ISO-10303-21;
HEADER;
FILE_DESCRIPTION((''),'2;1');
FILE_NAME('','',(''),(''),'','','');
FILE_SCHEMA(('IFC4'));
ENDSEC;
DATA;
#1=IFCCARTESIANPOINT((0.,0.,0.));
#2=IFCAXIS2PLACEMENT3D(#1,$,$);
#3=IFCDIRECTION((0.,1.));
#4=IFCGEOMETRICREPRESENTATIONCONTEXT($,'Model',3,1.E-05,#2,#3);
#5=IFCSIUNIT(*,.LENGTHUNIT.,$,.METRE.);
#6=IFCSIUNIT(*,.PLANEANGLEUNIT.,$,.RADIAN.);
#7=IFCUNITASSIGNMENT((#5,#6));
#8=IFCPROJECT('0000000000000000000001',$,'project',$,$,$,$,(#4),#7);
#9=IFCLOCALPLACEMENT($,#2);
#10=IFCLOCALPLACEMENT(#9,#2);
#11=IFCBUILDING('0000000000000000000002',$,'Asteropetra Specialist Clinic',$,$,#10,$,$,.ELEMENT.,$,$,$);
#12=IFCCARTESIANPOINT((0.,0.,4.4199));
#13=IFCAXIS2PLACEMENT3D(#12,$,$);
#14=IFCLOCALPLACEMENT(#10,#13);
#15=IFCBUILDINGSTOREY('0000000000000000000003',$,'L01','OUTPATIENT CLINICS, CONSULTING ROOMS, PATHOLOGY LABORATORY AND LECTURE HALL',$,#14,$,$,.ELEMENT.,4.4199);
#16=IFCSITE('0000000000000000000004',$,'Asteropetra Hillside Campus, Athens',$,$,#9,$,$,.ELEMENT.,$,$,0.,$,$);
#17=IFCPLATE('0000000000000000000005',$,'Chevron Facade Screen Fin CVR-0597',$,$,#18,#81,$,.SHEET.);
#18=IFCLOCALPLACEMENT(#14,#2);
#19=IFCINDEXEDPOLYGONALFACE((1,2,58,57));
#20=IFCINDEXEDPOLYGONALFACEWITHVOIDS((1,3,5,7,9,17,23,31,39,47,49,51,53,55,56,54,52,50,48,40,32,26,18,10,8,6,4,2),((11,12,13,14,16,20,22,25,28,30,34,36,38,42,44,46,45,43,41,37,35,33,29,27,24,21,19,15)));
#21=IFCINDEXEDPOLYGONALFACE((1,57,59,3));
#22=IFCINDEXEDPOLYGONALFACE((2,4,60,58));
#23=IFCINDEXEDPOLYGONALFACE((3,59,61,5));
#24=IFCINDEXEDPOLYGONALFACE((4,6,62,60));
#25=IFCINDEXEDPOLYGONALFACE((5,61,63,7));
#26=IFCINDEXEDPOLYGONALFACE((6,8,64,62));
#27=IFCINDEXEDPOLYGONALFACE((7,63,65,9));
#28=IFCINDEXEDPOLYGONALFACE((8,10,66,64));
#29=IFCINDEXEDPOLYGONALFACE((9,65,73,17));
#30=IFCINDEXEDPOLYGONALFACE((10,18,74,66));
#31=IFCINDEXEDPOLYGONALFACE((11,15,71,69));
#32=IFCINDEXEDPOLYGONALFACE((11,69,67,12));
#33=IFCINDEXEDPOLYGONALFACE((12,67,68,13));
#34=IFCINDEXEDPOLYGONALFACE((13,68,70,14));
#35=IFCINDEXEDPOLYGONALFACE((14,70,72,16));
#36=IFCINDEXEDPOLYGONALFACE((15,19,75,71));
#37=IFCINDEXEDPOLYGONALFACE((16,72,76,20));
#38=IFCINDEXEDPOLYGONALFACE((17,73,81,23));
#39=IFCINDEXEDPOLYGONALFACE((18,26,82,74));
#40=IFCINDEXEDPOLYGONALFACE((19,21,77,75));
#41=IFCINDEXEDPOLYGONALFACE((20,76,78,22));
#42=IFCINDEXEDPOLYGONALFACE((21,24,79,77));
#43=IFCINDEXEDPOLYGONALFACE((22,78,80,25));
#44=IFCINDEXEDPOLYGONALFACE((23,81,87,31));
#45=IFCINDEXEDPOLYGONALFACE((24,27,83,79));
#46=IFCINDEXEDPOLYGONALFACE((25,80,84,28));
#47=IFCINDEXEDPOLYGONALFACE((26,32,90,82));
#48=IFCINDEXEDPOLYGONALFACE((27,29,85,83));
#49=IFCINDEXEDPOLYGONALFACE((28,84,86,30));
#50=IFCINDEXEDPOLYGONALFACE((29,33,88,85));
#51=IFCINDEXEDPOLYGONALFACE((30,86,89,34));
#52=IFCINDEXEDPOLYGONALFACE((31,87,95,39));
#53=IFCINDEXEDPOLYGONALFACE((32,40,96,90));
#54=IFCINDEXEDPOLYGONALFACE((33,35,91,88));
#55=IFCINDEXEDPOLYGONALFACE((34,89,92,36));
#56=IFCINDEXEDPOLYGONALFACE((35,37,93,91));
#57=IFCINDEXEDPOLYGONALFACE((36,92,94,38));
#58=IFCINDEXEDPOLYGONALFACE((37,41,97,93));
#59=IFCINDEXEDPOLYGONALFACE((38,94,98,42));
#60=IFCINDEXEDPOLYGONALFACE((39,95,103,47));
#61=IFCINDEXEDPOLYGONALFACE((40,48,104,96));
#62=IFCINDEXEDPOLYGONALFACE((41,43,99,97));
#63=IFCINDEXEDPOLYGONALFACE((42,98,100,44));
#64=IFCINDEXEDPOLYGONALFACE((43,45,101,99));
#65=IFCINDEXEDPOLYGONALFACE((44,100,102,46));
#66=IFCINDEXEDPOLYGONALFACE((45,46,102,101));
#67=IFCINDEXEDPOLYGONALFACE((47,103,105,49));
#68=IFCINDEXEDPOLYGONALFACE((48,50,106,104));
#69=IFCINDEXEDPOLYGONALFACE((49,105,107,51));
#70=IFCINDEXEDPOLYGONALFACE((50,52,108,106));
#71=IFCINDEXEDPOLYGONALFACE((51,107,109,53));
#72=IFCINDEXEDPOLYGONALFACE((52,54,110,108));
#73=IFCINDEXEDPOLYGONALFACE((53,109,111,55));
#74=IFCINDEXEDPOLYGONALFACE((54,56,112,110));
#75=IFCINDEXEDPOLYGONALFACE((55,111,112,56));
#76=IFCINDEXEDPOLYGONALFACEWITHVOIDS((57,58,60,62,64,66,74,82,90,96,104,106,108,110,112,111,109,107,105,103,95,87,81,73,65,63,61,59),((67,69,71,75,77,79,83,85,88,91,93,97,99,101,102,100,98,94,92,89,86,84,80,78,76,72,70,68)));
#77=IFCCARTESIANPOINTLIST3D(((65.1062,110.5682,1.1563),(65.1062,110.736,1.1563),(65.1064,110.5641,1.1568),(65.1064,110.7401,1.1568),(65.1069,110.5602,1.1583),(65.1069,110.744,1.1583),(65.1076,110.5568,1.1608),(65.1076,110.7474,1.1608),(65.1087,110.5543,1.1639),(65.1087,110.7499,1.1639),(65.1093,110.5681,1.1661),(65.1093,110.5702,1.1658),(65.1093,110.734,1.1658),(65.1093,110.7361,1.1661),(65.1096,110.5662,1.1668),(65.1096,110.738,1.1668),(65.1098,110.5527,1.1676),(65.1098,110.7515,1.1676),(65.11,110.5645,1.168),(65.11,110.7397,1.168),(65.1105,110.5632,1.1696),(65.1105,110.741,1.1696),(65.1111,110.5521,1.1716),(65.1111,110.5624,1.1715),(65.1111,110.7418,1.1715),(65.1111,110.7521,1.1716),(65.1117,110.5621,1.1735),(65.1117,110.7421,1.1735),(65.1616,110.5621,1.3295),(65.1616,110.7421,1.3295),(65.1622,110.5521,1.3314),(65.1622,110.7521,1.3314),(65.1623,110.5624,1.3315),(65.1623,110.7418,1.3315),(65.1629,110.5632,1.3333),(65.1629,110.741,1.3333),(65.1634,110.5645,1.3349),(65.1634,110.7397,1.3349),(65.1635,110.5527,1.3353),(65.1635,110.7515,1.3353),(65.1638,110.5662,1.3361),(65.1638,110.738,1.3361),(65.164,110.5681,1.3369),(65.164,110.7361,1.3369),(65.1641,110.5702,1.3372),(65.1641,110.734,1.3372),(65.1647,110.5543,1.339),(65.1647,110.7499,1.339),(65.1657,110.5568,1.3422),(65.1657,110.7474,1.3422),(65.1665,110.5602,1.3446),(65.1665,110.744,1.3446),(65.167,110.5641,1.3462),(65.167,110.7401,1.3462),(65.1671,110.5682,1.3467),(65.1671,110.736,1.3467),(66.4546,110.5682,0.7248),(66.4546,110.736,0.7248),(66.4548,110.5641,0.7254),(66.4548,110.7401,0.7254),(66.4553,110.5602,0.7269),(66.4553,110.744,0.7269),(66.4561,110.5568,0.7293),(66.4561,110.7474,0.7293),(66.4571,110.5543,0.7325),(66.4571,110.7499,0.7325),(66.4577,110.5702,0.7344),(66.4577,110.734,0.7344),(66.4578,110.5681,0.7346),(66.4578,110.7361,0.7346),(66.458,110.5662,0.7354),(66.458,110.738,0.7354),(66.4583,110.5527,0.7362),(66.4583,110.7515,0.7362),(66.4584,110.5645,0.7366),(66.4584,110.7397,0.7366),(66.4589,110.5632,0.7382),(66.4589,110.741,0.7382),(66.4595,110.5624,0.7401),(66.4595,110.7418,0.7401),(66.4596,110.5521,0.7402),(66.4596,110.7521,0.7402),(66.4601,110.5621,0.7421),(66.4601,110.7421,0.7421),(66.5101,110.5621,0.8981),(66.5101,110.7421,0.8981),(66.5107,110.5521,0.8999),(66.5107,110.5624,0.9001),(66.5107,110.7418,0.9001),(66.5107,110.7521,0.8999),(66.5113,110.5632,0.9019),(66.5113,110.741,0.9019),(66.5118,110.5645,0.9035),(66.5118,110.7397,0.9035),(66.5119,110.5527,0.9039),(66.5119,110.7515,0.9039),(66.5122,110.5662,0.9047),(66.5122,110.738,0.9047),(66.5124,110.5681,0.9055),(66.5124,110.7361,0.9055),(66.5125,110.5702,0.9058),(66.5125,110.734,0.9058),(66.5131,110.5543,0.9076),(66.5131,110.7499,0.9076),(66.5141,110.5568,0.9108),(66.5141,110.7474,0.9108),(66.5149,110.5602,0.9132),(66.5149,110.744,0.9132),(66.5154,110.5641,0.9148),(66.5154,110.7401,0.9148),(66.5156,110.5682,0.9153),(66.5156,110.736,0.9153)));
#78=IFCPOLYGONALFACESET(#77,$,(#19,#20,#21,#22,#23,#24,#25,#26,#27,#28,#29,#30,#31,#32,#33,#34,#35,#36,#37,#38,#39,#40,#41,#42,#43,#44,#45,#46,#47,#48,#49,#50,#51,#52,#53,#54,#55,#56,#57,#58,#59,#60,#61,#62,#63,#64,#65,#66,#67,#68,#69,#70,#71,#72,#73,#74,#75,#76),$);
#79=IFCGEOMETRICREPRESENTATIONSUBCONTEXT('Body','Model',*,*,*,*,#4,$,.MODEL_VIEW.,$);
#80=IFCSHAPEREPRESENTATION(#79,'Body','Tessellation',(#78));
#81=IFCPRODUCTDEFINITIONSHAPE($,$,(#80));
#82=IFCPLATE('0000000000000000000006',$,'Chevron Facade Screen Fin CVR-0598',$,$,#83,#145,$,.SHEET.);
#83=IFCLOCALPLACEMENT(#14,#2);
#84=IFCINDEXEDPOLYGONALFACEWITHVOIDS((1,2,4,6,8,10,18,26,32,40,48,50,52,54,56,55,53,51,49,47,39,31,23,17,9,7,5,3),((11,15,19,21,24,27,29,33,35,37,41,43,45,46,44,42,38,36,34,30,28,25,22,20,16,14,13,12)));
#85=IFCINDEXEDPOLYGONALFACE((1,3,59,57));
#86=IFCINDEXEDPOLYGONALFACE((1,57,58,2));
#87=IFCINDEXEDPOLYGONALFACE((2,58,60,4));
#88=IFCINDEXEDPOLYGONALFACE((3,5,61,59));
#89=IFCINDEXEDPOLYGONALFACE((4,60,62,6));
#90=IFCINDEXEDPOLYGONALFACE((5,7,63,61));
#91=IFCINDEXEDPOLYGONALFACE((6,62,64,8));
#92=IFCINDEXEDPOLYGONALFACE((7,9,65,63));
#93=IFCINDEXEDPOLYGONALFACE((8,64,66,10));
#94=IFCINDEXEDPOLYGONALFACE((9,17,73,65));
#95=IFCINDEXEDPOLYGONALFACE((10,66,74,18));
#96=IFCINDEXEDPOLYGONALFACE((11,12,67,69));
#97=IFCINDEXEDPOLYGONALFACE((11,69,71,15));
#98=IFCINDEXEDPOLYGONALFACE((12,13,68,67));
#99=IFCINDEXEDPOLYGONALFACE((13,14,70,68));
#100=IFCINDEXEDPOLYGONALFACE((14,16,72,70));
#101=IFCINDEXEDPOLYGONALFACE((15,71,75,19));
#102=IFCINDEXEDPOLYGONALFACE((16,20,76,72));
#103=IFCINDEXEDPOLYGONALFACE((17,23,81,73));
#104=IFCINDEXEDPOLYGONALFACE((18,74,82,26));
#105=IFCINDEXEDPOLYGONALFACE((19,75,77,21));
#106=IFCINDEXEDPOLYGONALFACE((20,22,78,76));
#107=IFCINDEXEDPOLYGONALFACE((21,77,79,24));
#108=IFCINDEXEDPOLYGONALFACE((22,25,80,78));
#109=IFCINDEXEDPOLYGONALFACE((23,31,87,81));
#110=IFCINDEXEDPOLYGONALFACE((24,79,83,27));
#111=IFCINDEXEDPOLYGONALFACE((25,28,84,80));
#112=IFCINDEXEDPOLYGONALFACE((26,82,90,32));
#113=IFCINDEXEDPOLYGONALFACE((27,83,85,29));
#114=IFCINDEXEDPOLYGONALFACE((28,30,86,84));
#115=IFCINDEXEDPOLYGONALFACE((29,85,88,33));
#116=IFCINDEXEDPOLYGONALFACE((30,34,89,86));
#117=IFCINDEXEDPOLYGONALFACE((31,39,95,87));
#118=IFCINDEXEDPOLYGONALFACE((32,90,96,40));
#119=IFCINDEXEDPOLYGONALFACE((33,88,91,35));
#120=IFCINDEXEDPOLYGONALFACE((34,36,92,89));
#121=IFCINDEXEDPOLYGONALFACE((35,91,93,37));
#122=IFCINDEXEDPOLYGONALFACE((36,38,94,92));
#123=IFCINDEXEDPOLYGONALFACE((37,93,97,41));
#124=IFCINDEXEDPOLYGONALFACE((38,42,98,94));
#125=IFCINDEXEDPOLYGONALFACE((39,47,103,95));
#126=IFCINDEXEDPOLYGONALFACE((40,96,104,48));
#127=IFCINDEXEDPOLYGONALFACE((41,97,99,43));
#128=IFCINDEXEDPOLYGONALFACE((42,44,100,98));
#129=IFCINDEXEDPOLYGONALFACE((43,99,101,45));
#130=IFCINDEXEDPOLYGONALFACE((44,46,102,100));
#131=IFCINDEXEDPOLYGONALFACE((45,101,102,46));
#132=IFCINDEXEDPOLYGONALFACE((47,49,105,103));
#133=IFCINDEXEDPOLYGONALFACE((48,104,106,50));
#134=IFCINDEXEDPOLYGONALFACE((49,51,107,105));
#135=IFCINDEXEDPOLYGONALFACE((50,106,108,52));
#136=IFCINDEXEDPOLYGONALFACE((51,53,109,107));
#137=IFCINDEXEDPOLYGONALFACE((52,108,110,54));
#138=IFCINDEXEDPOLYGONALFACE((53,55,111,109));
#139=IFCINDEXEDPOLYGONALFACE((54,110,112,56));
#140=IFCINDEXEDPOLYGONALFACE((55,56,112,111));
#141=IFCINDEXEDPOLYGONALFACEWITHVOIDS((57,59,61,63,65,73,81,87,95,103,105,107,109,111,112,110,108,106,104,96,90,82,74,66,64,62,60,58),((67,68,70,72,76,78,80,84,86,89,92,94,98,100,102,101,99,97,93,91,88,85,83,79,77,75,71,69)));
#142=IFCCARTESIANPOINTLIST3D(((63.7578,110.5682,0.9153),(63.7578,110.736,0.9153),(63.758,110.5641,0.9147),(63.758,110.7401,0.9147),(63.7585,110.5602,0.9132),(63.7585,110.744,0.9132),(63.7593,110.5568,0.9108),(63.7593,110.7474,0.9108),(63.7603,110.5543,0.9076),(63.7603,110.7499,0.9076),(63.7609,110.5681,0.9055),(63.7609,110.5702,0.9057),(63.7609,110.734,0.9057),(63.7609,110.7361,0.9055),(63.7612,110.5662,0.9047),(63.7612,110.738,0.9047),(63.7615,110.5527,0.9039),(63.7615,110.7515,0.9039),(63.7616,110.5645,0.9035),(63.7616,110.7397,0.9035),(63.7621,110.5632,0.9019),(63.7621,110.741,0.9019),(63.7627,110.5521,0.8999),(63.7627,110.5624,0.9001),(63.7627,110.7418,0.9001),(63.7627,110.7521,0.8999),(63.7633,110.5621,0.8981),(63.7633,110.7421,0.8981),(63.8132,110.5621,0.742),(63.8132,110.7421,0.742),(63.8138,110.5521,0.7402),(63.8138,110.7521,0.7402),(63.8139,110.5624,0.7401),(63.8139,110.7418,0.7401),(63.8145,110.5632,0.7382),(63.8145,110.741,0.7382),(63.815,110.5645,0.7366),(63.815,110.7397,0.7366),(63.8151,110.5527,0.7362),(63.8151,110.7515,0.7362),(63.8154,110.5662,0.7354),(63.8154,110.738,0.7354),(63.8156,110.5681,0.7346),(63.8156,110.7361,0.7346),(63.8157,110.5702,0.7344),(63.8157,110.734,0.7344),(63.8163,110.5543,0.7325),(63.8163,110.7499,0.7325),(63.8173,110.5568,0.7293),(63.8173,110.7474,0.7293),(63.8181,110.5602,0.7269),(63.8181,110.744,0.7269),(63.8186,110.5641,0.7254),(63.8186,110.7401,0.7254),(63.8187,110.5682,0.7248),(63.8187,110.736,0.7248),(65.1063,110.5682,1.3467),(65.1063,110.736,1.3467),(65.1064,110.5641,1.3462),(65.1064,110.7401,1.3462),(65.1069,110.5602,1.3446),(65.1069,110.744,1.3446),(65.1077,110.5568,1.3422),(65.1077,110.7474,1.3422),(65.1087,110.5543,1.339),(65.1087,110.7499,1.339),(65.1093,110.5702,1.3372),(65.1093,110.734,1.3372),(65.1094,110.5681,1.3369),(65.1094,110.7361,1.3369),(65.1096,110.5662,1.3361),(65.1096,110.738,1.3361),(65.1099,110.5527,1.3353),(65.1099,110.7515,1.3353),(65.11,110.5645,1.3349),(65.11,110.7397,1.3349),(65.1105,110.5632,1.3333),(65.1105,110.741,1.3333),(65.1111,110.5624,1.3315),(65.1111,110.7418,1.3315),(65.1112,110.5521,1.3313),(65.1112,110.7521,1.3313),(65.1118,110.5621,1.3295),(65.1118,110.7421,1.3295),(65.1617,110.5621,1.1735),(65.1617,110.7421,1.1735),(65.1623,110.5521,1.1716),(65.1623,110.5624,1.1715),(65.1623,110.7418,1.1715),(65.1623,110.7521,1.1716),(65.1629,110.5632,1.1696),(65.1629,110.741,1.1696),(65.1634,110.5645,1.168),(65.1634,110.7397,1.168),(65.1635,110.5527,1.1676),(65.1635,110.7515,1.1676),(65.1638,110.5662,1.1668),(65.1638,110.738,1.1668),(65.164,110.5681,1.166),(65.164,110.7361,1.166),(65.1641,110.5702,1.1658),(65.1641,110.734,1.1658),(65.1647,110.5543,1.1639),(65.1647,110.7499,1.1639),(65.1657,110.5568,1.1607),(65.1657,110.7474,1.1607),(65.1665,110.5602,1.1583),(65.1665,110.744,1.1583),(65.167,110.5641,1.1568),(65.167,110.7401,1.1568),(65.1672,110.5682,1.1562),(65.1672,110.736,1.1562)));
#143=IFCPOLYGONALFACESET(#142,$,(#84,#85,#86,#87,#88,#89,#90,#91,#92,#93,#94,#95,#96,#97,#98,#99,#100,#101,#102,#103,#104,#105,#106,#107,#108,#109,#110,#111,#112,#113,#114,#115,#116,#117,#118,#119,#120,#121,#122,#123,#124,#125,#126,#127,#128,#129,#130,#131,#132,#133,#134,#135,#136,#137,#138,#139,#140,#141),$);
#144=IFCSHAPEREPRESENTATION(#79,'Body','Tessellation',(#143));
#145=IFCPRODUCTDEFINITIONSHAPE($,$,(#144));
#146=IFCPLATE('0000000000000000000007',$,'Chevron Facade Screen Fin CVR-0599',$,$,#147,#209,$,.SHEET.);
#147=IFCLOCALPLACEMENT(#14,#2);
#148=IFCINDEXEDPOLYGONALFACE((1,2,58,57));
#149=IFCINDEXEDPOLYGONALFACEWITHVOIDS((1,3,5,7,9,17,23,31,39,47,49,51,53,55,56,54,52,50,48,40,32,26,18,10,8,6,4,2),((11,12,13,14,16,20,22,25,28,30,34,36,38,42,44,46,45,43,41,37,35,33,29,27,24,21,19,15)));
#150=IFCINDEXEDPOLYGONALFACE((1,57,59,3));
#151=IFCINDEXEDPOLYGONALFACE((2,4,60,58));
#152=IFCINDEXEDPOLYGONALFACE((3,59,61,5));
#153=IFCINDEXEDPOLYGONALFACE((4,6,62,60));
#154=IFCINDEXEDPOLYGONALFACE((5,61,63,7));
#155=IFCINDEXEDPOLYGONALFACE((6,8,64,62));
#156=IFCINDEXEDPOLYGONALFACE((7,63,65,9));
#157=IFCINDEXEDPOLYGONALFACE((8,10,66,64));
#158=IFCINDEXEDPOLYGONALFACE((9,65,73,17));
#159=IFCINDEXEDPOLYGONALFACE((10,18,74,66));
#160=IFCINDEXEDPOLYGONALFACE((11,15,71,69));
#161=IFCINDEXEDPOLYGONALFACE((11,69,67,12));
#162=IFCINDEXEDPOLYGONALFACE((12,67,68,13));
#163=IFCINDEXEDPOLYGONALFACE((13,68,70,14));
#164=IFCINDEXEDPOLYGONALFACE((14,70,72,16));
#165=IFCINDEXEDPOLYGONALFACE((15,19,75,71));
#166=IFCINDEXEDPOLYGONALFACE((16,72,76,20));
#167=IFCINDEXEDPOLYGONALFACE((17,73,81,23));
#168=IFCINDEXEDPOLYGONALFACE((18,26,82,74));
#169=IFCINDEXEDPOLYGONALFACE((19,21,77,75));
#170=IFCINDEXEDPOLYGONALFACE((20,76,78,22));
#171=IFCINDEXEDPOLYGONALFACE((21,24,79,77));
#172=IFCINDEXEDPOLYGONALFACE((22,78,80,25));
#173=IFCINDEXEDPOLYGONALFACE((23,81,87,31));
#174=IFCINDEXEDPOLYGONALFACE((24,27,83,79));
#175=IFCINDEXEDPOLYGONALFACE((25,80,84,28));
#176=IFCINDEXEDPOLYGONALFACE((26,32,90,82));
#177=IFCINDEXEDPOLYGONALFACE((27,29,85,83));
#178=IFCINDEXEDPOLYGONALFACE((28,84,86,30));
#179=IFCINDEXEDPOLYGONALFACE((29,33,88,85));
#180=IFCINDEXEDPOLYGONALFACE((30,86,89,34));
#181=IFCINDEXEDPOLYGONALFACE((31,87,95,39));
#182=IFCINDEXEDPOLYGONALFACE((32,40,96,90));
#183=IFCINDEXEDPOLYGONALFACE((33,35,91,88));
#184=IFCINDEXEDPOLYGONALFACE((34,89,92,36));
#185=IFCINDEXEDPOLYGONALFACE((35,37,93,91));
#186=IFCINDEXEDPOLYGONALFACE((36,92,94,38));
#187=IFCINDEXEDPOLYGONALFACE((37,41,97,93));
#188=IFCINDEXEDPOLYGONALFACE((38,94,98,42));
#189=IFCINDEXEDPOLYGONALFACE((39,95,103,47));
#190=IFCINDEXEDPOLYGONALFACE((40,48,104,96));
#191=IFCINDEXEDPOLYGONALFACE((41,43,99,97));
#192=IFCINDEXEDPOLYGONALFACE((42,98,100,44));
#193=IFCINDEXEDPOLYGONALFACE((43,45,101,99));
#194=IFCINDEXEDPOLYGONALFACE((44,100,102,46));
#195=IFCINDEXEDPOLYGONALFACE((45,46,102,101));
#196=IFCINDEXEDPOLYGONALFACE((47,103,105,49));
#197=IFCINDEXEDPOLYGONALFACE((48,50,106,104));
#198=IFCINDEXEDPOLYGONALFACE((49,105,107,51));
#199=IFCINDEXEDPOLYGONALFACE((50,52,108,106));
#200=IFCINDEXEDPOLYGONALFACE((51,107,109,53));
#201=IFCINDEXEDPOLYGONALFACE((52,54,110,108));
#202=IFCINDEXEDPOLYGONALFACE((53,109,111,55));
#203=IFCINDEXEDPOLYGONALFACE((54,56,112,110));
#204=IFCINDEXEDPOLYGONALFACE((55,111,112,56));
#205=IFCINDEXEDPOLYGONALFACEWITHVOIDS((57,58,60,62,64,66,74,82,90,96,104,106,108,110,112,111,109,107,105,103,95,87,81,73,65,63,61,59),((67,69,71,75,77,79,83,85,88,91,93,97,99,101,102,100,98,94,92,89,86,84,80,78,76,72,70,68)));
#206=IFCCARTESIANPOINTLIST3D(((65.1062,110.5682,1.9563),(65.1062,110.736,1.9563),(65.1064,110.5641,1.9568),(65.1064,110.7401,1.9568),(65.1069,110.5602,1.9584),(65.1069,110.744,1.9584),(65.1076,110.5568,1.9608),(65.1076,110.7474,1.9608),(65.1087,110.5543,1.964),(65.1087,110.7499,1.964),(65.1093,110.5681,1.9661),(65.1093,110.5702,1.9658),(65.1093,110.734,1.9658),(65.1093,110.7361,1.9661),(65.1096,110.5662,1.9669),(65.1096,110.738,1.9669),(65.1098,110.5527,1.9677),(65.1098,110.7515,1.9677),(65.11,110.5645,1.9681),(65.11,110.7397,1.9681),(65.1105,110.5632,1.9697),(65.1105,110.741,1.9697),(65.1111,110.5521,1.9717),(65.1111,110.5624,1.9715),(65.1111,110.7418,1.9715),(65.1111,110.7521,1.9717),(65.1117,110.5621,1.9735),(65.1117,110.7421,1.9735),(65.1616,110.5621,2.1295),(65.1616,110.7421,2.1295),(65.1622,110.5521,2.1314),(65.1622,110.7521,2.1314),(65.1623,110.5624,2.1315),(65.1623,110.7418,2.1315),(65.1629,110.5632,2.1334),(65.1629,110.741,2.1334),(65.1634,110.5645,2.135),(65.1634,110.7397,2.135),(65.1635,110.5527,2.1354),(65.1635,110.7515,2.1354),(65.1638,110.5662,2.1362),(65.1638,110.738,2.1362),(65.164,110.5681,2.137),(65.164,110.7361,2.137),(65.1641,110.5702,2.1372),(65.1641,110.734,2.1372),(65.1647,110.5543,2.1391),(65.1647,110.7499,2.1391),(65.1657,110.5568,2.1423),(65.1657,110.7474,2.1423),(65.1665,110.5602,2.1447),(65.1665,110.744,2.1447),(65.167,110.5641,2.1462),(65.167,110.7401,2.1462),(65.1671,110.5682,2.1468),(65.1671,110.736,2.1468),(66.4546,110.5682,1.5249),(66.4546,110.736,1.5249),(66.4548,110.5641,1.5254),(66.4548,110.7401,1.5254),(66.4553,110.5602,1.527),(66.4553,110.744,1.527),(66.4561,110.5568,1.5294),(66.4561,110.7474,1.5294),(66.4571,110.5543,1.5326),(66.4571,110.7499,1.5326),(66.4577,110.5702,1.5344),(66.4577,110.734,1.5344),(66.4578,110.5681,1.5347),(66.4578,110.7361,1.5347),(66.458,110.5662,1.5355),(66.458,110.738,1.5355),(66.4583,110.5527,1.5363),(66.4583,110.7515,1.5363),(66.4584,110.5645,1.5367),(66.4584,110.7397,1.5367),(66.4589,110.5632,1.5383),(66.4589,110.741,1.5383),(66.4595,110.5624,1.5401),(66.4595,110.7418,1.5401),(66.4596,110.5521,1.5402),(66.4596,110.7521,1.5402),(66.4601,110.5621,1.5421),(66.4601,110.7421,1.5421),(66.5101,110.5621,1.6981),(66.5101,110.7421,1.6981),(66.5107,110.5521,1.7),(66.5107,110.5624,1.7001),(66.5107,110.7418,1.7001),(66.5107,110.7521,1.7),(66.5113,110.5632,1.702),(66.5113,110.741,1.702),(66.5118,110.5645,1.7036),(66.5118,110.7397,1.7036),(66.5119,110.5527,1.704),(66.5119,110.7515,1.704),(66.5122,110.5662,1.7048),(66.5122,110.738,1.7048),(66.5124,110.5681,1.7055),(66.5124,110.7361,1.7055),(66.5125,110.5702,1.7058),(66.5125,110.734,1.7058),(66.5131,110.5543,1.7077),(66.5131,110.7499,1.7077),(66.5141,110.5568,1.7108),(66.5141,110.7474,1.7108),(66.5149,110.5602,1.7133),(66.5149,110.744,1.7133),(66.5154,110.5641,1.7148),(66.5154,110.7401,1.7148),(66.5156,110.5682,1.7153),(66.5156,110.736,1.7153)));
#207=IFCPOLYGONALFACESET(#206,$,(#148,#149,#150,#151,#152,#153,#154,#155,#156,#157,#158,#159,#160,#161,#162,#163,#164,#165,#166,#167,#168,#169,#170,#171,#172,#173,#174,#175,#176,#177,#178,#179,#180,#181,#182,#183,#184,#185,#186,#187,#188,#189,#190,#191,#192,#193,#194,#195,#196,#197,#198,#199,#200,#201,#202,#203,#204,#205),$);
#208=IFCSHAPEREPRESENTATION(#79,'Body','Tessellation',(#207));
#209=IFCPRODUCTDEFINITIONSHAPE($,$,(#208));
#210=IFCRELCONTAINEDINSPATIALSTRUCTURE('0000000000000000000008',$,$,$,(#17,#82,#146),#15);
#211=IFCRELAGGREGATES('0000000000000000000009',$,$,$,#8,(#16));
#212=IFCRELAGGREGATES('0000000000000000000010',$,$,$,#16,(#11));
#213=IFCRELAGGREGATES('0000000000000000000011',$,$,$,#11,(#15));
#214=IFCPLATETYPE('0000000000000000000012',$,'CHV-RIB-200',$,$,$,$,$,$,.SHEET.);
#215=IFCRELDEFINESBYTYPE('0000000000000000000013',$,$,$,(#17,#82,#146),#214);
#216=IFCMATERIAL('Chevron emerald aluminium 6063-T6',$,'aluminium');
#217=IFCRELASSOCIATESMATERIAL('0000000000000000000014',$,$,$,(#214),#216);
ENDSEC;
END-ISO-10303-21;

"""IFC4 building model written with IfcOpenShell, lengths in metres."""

from ifc_helpers import new_model, si_unit, direction, frame, origin, origin_2d, place, context, subcontext, project, spatial, hollow_rectangle, extrude, material, material_profile, profile_set, type_object, element, save


model = new_model("IFC4")

# Units and contexts
model_context = context("Model", 3, precision=1e-05, world=origin(), true_north=direction((0.0, 1.0)))
body_context = subcontext(model_context, "Body", "Model", "MODEL_VIEW")
ifc_project = project(units=[si_unit("LENGTHUNIT", "METRE"), si_unit("PLANEANGLEUNIT", "RADIAN")], contexts=[model_context])

# Site, building, storey
site_placement = place(None, origin())
site = spatial("IfcSite", under=ifc_project, at=site_placement, Name="Asteropetra Hillside Campus, Athens", CompositionType="ELEMENT", RefElevation=0.0)
building_placement = place(site_placement, origin())
building = spatial("IfcBuilding", under=site, at=building_placement, Name="Asteropetra Specialist Clinic", CompositionType="ELEMENT")
storey_placement = place(building_placement, frame((0.0, 0.0, 4.4199)))
storey = spatial("IfcBuildingStorey", under=building, at=storey_placement, Name="L01", Description="OUTPATIENT CLINICS, CONSULTING ROOMS, PATHOLOGY LABORATORY AND LECTURE HALL", CompositionType="ELEMENT", Elevation=4.4199)

# Plates
ifc_material_1 = material(Name="Chevron emerald aluminium 6063-T6", Category="aluminium")
ifc_material_profile_1 = material_profile(ifc_material_1, hollow_rectangle(XDim=0.2, YDim=0.2, WallThickness=0.01, InnerFilletRadius=0.0081, OuterFilletRadius=0.0161, at=origin_2d()), Name="SHS 200x200x10.0")
ifc_profile_set_1 = profile_set([ifc_material_profile_1], Name="Chevron emerald aluminium 6063-T6")
plate_type_1 = type_object("IfcPlateType", Name="CHV-RIB-200", PredefinedType="SHEET", material=ifc_profile_set_1)
for number, where, z_axis, x_axis, name in (
    (1, (66.4851, 110.6521, 0.8201), (-0.952442, 0.0, 0.304719), (0.0, -1.0, 0.0), "Chevron Facade Screen Fin CVR-0597"),
    (2, (65.1367, 110.6521, 1.2515), (-0.952442, 0.0, -0.304719), (0.0, -1.0, 0.0), "Chevron Facade Screen Fin CVR-0598"),
    (3, (66.4851, 110.6521, 1.6201), (-0.952442, 0.0, 0.304719), (0.0, -1.0, 0.0), "Chevron Facade Screen Fin CVR-0599"),
):
    element("IfcPlate", number, at=place(storey_placement, frame(where, z_axis=z_axis, x_axis=x_axis)), inside=storey, type_object=plate_type_1, Name=name, PredefinedType="SHEET", context=body_context, shape_type="SweptSolid", body=[
        extrude(hollow_rectangle(XDim=0.2, YDim=0.2, WallThickness=0.01, InnerFilletRadius=0.0081, OuterFilletRadius=0.0161, at=origin_2d()), origin(), (0.0, 0.0, 1.0), 1.4158),
    ])

save(model, "model.ifc")
